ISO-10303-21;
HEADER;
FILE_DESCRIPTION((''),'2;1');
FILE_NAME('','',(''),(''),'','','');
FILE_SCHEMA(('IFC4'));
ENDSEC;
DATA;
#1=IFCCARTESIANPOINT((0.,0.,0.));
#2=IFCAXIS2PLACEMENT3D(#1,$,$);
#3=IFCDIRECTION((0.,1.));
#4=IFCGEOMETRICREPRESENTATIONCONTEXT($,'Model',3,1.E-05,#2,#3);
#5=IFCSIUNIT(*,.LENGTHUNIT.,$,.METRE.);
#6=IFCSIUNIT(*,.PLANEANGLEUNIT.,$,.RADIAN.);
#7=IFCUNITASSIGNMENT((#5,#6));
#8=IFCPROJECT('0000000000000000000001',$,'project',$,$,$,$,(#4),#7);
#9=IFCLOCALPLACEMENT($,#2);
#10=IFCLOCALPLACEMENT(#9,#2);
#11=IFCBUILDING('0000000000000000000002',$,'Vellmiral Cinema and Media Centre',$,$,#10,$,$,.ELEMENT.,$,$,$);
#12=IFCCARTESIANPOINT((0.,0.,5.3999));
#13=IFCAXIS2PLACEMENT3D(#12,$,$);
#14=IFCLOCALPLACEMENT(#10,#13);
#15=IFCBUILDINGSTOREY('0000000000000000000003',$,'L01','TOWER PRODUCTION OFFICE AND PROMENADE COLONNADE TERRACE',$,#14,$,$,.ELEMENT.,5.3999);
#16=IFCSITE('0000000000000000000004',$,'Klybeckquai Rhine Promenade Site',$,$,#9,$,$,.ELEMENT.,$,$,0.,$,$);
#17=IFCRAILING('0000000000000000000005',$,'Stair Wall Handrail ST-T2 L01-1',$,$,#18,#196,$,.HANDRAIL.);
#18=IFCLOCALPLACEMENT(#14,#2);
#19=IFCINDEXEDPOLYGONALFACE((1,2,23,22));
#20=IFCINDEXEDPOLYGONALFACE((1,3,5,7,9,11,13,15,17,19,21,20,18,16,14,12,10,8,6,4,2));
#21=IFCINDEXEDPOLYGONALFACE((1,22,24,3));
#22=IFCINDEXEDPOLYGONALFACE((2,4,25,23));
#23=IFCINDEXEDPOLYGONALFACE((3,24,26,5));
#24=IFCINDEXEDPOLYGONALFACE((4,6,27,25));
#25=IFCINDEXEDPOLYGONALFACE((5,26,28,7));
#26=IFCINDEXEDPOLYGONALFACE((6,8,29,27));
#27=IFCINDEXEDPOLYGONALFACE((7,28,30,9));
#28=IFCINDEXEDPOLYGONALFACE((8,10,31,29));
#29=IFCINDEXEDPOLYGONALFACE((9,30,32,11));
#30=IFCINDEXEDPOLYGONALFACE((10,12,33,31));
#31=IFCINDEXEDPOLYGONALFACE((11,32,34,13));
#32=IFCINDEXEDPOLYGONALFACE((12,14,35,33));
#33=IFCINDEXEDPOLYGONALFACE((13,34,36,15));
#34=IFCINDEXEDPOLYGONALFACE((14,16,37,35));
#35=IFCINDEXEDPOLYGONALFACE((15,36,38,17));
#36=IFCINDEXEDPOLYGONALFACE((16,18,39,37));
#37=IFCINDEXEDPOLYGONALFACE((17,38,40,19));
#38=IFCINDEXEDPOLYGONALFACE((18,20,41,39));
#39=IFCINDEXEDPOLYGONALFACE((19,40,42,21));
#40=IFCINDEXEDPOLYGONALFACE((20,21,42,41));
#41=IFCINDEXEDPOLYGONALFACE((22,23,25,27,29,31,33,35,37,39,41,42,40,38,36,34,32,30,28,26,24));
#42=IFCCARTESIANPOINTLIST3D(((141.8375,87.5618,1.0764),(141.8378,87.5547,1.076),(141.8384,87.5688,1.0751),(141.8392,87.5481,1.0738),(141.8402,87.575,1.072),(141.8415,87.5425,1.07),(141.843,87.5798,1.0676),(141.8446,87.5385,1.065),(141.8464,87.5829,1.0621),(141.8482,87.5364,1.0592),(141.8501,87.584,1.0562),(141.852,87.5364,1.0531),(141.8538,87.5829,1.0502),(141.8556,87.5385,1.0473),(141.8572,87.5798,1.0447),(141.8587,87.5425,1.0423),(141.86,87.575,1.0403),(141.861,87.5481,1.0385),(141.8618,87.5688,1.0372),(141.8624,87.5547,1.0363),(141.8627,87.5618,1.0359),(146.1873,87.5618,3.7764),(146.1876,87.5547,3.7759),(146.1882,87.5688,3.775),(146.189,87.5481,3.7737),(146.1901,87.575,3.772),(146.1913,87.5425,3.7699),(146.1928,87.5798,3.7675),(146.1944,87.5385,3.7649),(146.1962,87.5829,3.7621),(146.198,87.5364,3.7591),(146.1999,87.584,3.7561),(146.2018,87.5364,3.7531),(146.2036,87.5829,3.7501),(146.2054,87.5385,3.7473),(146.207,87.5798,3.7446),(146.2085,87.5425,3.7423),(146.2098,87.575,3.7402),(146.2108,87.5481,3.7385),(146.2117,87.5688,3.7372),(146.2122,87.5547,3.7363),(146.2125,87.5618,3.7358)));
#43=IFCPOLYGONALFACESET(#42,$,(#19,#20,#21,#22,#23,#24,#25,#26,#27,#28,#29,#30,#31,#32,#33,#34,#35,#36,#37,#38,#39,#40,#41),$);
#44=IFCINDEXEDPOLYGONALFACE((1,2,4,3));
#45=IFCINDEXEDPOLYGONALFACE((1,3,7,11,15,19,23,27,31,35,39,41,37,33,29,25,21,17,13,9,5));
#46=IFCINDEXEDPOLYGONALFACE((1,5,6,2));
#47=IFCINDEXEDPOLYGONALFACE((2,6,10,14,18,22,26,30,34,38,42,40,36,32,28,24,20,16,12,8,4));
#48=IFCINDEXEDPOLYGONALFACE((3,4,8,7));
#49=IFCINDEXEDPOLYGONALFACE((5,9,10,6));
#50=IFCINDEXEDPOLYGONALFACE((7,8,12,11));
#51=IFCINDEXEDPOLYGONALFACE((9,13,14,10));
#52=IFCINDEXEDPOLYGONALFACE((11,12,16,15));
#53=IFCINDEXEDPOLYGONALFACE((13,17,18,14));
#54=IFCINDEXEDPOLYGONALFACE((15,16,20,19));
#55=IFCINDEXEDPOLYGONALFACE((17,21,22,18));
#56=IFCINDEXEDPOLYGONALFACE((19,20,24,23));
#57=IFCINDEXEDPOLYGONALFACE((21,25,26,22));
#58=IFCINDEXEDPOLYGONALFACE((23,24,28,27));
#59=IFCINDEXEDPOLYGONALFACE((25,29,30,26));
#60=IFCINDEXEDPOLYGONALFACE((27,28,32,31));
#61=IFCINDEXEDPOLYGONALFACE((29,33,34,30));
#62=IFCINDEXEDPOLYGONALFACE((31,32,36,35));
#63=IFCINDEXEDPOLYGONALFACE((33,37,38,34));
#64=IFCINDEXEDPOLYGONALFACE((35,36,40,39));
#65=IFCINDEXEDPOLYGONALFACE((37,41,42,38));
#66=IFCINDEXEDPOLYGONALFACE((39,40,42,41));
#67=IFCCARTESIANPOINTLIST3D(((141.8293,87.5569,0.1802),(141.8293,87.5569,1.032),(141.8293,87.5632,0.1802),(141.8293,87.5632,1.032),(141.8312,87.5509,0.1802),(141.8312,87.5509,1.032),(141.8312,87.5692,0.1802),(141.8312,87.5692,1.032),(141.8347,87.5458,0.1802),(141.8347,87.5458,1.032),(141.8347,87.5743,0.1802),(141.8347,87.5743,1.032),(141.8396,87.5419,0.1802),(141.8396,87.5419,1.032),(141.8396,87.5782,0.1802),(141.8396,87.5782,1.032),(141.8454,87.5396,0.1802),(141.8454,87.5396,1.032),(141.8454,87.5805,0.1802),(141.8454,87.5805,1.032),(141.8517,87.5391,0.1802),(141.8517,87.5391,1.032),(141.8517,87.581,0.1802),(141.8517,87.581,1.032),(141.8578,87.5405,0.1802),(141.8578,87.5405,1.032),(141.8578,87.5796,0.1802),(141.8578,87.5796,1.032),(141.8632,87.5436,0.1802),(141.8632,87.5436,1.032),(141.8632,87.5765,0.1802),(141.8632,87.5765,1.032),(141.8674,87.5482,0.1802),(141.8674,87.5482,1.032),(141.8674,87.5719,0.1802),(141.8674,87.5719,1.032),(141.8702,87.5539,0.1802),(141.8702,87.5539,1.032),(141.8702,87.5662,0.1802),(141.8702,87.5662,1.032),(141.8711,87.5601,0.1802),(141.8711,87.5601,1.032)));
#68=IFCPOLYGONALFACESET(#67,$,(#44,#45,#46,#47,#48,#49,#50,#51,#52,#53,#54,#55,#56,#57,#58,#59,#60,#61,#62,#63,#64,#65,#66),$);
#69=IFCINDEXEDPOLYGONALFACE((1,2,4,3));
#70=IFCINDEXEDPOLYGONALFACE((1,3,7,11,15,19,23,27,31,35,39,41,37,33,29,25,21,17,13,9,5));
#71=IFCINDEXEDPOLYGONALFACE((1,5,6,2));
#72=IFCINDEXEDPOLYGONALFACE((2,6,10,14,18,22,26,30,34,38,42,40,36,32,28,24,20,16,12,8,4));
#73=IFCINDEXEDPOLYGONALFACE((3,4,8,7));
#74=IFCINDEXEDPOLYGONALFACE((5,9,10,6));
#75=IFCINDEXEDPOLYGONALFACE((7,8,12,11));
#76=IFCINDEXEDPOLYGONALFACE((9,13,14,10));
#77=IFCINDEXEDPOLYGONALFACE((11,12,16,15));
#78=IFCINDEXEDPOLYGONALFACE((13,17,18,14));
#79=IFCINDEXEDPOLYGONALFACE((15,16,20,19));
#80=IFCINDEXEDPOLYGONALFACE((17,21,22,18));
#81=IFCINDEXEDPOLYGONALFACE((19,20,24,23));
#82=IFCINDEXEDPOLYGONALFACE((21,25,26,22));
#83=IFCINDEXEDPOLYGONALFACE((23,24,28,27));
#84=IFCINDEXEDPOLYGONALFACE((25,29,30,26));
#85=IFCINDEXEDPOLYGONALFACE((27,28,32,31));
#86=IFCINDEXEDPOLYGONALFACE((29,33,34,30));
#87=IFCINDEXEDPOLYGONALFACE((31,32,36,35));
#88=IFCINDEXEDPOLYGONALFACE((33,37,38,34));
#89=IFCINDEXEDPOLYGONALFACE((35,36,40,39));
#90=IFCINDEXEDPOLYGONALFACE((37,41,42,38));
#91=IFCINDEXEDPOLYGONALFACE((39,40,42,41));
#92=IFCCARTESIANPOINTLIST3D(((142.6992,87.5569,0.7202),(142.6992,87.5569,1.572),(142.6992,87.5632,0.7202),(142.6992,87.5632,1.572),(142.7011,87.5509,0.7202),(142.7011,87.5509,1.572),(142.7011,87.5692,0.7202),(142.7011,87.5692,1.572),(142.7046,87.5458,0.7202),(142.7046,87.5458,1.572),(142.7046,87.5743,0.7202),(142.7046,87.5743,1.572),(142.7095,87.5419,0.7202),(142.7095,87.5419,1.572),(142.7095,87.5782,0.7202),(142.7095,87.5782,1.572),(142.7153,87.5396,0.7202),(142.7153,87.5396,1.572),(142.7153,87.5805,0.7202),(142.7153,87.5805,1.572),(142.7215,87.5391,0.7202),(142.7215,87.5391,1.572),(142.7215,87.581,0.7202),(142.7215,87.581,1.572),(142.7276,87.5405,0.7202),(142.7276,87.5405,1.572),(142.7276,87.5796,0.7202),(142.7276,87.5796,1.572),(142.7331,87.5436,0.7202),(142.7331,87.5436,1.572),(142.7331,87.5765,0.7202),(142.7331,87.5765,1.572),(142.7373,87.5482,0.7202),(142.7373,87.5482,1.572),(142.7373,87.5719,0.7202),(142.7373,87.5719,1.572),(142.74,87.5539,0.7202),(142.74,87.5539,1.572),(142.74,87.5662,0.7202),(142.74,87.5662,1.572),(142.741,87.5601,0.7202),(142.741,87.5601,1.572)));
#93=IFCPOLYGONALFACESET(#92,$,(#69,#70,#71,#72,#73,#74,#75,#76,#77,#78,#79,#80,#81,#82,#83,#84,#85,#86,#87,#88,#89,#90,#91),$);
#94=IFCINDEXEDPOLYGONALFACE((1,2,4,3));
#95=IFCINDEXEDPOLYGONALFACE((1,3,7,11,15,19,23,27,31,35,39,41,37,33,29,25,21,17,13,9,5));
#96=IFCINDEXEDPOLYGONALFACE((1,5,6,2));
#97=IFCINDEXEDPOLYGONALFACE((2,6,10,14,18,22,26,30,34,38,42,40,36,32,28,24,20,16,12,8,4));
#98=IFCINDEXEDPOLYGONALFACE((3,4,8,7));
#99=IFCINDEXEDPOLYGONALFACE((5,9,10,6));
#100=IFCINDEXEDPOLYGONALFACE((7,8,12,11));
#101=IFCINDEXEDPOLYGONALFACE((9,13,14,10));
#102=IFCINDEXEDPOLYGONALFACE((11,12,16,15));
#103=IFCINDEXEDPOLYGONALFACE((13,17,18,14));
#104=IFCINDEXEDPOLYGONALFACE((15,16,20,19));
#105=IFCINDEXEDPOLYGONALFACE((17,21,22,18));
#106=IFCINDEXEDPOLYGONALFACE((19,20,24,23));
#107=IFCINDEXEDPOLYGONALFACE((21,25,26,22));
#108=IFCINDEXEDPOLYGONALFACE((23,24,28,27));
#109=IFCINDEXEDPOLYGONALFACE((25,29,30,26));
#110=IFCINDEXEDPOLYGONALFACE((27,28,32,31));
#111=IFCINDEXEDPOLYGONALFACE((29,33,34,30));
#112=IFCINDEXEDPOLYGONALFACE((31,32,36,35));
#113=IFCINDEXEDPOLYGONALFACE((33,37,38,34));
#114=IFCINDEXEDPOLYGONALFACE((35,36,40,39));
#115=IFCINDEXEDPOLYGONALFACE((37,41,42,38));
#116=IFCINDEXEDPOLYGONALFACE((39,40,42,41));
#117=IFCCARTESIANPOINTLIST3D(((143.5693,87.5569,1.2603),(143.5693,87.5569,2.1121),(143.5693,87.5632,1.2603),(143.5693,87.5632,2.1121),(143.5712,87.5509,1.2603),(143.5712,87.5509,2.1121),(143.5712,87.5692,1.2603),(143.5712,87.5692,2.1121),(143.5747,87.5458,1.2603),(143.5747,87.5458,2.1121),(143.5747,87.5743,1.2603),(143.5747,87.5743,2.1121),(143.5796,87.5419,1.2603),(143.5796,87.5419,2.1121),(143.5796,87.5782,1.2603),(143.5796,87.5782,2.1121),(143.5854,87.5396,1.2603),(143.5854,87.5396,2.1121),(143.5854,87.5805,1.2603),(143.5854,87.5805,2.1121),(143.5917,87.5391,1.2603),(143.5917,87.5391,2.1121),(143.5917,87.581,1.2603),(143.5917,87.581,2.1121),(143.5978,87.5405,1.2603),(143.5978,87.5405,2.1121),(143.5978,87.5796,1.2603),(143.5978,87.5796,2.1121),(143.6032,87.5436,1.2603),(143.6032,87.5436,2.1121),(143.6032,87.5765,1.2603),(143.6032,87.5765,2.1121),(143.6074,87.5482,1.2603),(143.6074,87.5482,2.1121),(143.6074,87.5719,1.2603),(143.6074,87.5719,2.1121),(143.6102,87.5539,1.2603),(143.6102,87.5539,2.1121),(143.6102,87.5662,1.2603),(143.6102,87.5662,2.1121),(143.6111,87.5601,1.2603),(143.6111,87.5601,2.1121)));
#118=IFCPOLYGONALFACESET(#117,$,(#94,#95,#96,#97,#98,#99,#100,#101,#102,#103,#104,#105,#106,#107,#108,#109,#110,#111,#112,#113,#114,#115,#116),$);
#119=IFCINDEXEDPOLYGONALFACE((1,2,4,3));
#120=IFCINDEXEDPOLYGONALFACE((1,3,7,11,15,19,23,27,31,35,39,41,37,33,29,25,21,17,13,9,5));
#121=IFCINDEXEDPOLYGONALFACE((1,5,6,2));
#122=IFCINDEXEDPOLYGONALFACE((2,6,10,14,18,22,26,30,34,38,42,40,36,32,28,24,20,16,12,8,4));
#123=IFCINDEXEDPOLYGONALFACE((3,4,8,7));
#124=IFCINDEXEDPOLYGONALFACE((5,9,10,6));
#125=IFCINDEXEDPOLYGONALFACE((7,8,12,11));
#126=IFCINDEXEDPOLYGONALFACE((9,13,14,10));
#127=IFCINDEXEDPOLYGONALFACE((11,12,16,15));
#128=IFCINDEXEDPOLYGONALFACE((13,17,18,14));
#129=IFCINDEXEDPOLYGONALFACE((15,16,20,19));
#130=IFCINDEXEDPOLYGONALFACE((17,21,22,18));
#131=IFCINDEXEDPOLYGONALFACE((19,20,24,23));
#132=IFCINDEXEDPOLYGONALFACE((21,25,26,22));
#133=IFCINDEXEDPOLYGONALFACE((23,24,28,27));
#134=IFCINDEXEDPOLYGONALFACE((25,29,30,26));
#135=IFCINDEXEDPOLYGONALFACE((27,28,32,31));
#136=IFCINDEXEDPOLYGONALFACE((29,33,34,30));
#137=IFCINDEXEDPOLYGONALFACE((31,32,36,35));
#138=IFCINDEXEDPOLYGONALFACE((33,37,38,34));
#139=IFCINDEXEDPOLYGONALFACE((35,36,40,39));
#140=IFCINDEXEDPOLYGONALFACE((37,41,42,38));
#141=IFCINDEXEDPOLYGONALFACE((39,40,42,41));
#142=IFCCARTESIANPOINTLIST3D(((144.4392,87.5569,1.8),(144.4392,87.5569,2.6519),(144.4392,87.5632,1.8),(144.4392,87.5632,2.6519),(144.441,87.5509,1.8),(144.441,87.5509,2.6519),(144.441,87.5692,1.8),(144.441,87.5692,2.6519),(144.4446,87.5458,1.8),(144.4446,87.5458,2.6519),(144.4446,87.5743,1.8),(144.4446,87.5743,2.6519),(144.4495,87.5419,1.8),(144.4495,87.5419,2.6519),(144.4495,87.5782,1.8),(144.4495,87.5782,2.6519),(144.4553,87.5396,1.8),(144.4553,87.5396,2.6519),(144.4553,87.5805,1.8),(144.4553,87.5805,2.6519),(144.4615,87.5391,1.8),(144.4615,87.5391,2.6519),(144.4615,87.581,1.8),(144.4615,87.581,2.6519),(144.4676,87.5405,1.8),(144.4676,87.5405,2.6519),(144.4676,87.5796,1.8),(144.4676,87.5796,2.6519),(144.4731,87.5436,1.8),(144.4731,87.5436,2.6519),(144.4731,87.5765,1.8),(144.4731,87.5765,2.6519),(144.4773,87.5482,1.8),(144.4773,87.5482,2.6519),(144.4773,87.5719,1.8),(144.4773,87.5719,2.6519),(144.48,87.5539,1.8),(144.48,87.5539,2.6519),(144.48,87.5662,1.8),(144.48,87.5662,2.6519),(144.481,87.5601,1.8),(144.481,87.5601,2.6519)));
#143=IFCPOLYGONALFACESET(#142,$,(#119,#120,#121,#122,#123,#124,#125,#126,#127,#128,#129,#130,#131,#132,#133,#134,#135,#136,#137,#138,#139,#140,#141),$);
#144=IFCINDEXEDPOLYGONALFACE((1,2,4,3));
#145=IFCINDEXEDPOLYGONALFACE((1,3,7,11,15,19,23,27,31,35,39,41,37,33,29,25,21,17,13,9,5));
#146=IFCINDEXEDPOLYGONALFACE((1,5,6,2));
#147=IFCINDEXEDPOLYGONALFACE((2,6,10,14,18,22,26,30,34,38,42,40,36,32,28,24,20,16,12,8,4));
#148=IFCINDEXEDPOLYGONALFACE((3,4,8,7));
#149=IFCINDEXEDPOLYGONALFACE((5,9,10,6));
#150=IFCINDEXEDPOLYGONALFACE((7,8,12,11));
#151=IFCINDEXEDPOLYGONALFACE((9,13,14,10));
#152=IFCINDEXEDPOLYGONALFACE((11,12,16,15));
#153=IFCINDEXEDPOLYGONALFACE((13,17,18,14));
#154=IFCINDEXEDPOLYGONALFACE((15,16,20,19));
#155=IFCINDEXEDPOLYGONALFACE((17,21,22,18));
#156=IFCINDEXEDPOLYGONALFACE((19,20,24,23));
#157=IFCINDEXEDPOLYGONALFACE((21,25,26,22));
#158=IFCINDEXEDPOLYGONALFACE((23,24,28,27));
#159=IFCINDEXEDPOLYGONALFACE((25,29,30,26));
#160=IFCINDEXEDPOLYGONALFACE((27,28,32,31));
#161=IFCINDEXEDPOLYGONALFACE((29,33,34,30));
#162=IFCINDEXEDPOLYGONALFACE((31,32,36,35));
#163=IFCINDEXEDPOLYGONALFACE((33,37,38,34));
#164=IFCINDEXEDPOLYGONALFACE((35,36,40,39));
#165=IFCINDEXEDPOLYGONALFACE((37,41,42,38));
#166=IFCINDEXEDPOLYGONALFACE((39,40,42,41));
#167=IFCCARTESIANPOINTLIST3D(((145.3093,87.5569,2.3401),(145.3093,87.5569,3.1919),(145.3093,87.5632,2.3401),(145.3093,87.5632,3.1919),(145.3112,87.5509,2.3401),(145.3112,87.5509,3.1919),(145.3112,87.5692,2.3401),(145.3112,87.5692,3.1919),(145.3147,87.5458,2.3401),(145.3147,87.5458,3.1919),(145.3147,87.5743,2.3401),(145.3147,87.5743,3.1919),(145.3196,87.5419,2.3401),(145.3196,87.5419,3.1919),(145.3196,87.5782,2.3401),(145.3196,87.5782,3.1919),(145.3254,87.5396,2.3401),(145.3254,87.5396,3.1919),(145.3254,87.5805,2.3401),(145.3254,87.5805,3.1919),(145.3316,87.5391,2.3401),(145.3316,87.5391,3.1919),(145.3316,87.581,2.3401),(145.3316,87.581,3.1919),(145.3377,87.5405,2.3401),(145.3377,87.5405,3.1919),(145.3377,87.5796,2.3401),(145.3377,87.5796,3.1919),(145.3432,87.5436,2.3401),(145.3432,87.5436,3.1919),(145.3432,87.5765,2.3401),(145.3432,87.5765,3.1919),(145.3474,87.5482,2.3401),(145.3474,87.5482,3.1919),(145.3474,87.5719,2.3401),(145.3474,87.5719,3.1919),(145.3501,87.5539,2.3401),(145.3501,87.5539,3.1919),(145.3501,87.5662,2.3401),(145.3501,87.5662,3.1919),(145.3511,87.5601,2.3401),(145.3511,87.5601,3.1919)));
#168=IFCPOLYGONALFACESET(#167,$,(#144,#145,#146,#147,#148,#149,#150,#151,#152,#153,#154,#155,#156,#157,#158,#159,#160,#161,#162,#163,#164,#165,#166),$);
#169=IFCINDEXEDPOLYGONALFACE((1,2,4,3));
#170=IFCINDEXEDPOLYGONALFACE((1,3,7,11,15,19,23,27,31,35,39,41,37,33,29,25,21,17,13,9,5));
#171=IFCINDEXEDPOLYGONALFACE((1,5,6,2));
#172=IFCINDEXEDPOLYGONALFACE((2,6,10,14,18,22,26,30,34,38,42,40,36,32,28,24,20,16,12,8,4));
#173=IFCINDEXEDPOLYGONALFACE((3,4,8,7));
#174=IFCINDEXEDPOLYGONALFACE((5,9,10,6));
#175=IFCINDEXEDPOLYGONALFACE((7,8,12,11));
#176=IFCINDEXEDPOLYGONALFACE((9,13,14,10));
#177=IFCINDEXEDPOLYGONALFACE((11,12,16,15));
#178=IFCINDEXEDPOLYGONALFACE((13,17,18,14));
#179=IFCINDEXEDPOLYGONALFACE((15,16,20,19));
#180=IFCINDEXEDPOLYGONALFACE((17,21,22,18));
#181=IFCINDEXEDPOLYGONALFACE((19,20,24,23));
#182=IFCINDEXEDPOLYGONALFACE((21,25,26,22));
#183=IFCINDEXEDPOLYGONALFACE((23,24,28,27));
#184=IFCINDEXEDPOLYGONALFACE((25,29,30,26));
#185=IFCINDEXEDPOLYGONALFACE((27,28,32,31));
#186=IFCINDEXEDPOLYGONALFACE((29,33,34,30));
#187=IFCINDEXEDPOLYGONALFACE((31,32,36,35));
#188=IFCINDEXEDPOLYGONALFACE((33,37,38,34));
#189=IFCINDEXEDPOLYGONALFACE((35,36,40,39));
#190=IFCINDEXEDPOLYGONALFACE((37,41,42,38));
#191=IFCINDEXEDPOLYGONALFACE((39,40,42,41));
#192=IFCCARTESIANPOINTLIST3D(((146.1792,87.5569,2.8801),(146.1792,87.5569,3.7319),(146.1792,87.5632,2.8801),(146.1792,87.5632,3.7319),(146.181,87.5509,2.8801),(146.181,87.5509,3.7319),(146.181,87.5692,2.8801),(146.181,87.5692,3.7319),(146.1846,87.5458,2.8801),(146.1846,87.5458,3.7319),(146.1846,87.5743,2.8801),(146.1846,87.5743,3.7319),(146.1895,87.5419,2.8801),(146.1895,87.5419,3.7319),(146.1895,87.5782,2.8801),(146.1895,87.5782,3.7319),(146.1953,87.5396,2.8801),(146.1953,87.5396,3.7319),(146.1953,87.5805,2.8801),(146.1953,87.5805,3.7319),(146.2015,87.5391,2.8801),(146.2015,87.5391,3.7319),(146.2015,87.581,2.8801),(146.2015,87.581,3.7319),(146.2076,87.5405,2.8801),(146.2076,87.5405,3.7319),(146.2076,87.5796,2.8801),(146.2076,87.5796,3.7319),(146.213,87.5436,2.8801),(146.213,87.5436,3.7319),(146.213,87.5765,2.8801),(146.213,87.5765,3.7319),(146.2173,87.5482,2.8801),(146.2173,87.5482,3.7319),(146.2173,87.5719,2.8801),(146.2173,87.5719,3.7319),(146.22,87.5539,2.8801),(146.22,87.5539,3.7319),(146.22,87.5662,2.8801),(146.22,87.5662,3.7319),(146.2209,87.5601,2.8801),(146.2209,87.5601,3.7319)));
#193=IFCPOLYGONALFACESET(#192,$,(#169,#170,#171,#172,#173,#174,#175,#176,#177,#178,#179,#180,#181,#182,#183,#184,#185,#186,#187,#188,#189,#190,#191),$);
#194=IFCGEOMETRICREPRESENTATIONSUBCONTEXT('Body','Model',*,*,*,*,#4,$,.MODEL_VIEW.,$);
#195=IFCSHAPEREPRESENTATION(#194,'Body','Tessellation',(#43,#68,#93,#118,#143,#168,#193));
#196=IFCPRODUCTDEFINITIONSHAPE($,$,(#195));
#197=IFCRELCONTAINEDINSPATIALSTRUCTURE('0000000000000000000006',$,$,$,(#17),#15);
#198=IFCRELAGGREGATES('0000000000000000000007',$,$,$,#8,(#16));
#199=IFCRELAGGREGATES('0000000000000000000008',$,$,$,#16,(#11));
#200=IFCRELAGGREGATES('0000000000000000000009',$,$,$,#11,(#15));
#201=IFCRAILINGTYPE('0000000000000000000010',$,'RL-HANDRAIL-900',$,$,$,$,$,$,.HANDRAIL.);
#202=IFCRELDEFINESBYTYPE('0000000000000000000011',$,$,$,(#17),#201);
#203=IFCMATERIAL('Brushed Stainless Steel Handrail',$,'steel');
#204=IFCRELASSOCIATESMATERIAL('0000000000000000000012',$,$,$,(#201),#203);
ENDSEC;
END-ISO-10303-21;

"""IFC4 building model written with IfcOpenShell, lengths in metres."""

from ifc_helpers import new_model, si_unit, direction, frame, origin, origin_2d, place, context, subcontext, project, spatial, circle, extrude, material, type_object, element, save


model = new_model("IFC4")

# Units and contexts
model_context = context("Model", 3, precision=1e-05, world=origin(), true_north=direction((0.0, 1.0)))
body_context = subcontext(model_context, "Body", "Model", "MODEL_VIEW")
ifc_project = project(units=[si_unit("LENGTHUNIT", "METRE"), si_unit("PLANEANGLEUNIT", "RADIAN")], contexts=[model_context])

# Site, building, storey
site_placement = place(None, origin())
site = spatial("IfcSite", under=ifc_project, at=site_placement, Name="Klybeckquai Rhine Promenade Site", CompositionType="ELEMENT", RefElevation=0.0)
building_placement = place(site_placement, origin())
building = spatial("IfcBuilding", under=site, at=building_placement, Name="Vellmiral Cinema and Media Centre", CompositionType="ELEMENT")
storey_placement = place(building_placement, frame((0.0, 0.0, 5.3999)))
storey = spatial("IfcBuildingStorey", under=building, at=storey_placement, Name="L01", Description="TOWER PRODUCTION OFFICE AND PROMENADE COLONNADE TERRACE", CompositionType="ELEMENT", Elevation=5.3999)

# Railing
ifc_material_1 = material(Name="Brushed Stainless Steel Handrail", Category="steel")
railing_type_1 = type_object("IfcRailingType", Name="RL-HANDRAIL-900", PredefinedType="HANDRAIL", material=ifc_material_1)
railing_1_placement = place(storey_placement, frame((141.8501, 87.5601, 0.1802)))
element("IfcRailing", 1, at=railing_1_placement, inside=storey, type_object=railing_type_1, Name="Stair Wall Handrail ST-T2 L01-1", PredefinedType="HANDRAIL", context=body_context, shape_type="SweptSolid", body=[
    extrude(circle(Radius=0.0239, at=origin_2d()), frame((0.0, 0.0, 0.876), z_axis=(0.849636, 0.0, 0.527369), x_axis=(0.0, 1.0, 0.0)), (0.0, 0.0, 1.0), 5.1196),
    extrude(circle(Radius=0.021, at=origin_2d()), origin(), (0.0, 0.0, 1.0), 0.8518),
    extrude(circle(Radius=0.021, at=origin_2d()), frame((0.8699, 0.0, 0.54)), (0.0, 0.0, 1.0), 0.8518),
    extrude(circle(Radius=0.021, at=origin_2d()), frame((1.74, 0.0, 1.0801)), (0.0, 0.0, 1.0), 0.8518),
    extrude(circle(Radius=0.021, at=origin_2d()), frame((2.6099, 0.0, 1.6199)), (0.0, 0.0, 1.0), 0.8518),
    extrude(circle(Radius=0.021, at=origin_2d()), frame((3.48, 0.0, 2.1599)), (0.0, 0.0, 1.0), 0.8518),
    extrude(circle(Radius=0.021, at=origin_2d()), frame((4.3499, 0.0, 2.7)), (0.0, 0.0, 1.0), 0.8518),
])

save(model, "model.ifc")
